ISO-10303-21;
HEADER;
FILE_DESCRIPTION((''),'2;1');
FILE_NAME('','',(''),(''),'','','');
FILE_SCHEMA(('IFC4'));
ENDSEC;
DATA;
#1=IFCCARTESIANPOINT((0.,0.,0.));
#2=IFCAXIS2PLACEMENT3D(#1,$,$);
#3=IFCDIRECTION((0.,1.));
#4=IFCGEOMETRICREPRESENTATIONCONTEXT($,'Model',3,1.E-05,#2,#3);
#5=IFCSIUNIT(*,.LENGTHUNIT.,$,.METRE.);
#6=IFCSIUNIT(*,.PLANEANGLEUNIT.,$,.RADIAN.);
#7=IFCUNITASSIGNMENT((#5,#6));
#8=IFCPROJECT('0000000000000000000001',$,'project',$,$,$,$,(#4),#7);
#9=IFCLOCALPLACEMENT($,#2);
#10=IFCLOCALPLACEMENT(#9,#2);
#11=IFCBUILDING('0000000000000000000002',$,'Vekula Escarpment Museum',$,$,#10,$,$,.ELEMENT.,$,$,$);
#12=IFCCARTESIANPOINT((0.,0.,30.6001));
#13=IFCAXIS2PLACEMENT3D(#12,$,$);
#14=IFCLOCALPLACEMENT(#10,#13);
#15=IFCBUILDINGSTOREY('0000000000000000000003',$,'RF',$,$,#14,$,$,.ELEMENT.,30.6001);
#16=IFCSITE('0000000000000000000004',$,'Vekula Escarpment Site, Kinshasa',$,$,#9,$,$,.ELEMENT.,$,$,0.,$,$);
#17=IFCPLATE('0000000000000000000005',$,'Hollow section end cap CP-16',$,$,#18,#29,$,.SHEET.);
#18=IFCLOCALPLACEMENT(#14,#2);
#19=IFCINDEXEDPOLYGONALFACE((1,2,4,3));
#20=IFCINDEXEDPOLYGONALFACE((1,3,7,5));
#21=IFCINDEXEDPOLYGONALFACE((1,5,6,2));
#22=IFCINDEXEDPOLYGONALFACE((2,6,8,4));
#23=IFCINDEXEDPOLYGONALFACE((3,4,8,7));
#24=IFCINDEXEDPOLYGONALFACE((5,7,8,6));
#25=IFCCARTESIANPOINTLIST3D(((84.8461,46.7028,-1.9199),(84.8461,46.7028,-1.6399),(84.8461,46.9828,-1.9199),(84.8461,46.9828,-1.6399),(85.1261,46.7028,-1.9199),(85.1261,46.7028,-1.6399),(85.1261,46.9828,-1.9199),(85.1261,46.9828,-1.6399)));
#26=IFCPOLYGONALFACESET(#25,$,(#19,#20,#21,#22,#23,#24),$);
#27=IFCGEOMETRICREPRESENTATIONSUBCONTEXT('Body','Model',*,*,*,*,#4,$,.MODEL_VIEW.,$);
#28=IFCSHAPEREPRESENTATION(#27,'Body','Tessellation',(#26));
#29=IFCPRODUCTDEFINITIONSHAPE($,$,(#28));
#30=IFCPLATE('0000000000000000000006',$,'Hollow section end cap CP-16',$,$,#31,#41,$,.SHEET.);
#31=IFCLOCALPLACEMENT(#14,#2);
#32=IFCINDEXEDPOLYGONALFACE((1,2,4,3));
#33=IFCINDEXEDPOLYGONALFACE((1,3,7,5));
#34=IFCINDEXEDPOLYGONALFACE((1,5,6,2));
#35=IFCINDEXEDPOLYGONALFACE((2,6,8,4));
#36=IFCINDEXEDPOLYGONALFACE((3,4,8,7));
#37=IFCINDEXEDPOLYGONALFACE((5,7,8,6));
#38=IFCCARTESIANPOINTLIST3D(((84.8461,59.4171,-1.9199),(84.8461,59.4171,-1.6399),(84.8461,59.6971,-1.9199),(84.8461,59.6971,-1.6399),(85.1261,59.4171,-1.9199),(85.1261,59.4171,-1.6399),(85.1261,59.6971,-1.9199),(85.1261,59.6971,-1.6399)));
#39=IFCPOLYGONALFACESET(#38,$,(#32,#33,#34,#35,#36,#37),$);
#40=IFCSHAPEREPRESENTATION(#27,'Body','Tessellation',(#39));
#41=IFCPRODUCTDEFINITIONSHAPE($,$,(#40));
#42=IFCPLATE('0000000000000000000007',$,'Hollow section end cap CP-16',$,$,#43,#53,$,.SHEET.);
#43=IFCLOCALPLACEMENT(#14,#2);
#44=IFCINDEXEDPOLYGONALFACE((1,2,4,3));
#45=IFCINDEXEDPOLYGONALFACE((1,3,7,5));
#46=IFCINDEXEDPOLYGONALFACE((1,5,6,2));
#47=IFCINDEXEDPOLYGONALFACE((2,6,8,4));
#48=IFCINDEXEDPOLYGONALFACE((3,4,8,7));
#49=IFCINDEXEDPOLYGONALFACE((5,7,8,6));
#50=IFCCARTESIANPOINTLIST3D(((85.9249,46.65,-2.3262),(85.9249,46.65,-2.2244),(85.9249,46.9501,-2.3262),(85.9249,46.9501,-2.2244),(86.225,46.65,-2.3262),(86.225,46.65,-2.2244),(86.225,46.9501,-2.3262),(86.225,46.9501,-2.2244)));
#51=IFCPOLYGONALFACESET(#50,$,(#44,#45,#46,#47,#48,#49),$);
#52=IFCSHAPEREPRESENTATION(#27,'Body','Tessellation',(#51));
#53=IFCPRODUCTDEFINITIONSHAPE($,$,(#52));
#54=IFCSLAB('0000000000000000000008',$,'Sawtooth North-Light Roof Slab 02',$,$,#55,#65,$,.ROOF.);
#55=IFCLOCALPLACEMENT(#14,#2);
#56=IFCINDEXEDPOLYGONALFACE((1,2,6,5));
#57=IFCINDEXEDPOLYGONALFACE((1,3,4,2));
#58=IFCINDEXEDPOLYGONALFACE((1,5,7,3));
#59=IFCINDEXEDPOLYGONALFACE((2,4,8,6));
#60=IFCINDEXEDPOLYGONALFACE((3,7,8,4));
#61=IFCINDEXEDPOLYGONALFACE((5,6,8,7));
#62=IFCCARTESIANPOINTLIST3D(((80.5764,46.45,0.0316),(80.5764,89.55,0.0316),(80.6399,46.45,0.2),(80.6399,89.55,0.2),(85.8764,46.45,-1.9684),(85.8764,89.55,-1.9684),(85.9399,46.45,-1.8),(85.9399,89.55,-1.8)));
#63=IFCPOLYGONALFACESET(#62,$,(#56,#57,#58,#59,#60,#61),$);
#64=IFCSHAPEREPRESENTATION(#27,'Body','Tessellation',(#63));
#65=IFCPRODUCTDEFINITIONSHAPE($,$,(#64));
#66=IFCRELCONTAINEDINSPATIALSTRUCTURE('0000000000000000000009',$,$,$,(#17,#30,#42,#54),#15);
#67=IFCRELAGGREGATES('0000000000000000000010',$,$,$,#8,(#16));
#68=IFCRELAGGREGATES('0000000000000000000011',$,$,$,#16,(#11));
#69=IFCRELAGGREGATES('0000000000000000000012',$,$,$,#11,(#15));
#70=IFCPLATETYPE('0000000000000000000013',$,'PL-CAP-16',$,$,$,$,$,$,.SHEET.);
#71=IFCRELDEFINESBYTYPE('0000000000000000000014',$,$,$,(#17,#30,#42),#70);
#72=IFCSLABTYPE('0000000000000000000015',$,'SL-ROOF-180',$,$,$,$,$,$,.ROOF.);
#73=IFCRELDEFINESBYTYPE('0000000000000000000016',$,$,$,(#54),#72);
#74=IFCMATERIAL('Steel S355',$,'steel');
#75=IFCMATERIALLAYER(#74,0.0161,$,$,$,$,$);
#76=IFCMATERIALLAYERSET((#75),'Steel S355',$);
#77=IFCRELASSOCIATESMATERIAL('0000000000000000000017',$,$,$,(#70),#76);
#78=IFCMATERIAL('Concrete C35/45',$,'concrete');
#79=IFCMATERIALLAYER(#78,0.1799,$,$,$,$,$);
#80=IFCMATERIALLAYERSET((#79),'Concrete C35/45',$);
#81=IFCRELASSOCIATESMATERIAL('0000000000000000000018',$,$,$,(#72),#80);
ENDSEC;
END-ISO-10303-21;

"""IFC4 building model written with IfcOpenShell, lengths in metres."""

from ifc_helpers import new_model, si_unit, direction, frame, origin, origin_2d, place, context, subcontext, project, spatial, polyline, rectangle, outline, extrude, material, layer, layer_set, type_object, element, save


model = new_model("IFC4")

# Units and contexts
model_context = context("Model", 3, precision=1e-05, world=origin(), true_north=direction((0.0, 1.0)))
body_context = subcontext(model_context, "Body", "Model", "MODEL_VIEW")
ifc_project = project(units=[si_unit("LENGTHUNIT", "METRE"), si_unit("PLANEANGLEUNIT", "RADIAN")], contexts=[model_context])

# Site, building, storey
site_placement = place(None, origin())
site = spatial("IfcSite", under=ifc_project, at=site_placement, Name="Vekula Escarpment Site, Kinshasa", CompositionType="ELEMENT", RefElevation=0.0)
building_placement = place(site_placement, origin())
building = spatial("IfcBuilding", under=site, at=building_placement, Name="Vekula Escarpment Museum", CompositionType="ELEMENT")
storey_placement = place(building_placement, frame((0.0, 0.0, 30.6001)))
storey = spatial("IfcBuildingStorey", under=building, at=storey_placement, Name="RF", CompositionType="ELEMENT", Elevation=30.6001)

# Plates
ifc_material_1 = material(Name="Steel S355", Category="steel")
ifc_layer_1 = layer(ifc_material_1, 0.0161)
ifc_layer_set_1 = layer_set([ifc_layer_1], Name="Steel S355")
plate_type = type_object("IfcPlateType", Name="PL-CAP-16", PredefinedType="SHEET", material=ifc_layer_set_1)
for number, where, z_axis, x_axis, name in (
    (1, (84.9861, 46.8428, -1.9199), (0.0, 0.0, 1.0), (1.0, 0.0, 0.0), "Hollow section end cap CP-16"),
    (2, (84.9861, 59.5571, -1.9199), (0.0, 0.0, 1.0), (1.0, 0.0, 0.0), "Hollow section end cap CP-16"),
):
    element("IfcPlate", number, at=place(storey_placement, frame(where, z_axis=z_axis, x_axis=x_axis)), inside=storey, type_object=plate_type, Name=name, PredefinedType="SHEET", context=body_context, shape_type="SweptSolid", body=[
        extrude(rectangle(XDim=0.28, YDim=0.28, at=origin_2d()), origin(), (0.0, 0.0, 1.0), 0.28),
    ])
plate_1_placement = place(storey_placement, frame((86.075, 46.8, -2.3262), z_axis=(0.0, 0.0, 1.0), x_axis=(1.0, 0.0, 0.0)))
element("IfcPlate", 3, at=plate_1_placement, inside=storey, type_object=plate_type, Name="Hollow section end cap CP-16", PredefinedType="SHEET", context=body_context, shape_type="SweptSolid", body=[
    extrude(rectangle(XDim=0.3, YDim=0.3, at=origin_2d()), origin(), (0.0, 0.0, 1.0), 0.1018),
])

# Slab
ifc_material_2 = material(Name="Concrete C35/45", Category="concrete")
ifc_layer_2 = layer(ifc_material_2, 0.1799)
ifc_layer_set_2 = layer_set([ifc_layer_2], Name="Concrete C35/45")
slab_type = type_object("IfcSlabType", Name="SL-ROOF-180", PredefinedType="ROOF", material=ifc_layer_set_2)
slab_placement = place(storey_placement, frame((80.6399, 46.45, 0.2), z_axis=(0.353054, 0.0, 0.935603), x_axis=(0.935603, 0.0, -0.353054)))
element("IfcSlab", 4, at=slab_placement, inside=storey, type_object=slab_type, Name="Sawtooth North-Light Roof Slab 02", PredefinedType="ROOF", context=body_context, shape_type="SweptSolid", body=[
    extrude(outline(polyline([(0.0, 0.0), (5.6648, 0.0), (5.6648, 43.1001), (0.0, 43.1001), (0.0, 0.0)])), origin(), (0.0, 0.0, -1.0), 0.1799),
])

save(model, "model.ifc")
